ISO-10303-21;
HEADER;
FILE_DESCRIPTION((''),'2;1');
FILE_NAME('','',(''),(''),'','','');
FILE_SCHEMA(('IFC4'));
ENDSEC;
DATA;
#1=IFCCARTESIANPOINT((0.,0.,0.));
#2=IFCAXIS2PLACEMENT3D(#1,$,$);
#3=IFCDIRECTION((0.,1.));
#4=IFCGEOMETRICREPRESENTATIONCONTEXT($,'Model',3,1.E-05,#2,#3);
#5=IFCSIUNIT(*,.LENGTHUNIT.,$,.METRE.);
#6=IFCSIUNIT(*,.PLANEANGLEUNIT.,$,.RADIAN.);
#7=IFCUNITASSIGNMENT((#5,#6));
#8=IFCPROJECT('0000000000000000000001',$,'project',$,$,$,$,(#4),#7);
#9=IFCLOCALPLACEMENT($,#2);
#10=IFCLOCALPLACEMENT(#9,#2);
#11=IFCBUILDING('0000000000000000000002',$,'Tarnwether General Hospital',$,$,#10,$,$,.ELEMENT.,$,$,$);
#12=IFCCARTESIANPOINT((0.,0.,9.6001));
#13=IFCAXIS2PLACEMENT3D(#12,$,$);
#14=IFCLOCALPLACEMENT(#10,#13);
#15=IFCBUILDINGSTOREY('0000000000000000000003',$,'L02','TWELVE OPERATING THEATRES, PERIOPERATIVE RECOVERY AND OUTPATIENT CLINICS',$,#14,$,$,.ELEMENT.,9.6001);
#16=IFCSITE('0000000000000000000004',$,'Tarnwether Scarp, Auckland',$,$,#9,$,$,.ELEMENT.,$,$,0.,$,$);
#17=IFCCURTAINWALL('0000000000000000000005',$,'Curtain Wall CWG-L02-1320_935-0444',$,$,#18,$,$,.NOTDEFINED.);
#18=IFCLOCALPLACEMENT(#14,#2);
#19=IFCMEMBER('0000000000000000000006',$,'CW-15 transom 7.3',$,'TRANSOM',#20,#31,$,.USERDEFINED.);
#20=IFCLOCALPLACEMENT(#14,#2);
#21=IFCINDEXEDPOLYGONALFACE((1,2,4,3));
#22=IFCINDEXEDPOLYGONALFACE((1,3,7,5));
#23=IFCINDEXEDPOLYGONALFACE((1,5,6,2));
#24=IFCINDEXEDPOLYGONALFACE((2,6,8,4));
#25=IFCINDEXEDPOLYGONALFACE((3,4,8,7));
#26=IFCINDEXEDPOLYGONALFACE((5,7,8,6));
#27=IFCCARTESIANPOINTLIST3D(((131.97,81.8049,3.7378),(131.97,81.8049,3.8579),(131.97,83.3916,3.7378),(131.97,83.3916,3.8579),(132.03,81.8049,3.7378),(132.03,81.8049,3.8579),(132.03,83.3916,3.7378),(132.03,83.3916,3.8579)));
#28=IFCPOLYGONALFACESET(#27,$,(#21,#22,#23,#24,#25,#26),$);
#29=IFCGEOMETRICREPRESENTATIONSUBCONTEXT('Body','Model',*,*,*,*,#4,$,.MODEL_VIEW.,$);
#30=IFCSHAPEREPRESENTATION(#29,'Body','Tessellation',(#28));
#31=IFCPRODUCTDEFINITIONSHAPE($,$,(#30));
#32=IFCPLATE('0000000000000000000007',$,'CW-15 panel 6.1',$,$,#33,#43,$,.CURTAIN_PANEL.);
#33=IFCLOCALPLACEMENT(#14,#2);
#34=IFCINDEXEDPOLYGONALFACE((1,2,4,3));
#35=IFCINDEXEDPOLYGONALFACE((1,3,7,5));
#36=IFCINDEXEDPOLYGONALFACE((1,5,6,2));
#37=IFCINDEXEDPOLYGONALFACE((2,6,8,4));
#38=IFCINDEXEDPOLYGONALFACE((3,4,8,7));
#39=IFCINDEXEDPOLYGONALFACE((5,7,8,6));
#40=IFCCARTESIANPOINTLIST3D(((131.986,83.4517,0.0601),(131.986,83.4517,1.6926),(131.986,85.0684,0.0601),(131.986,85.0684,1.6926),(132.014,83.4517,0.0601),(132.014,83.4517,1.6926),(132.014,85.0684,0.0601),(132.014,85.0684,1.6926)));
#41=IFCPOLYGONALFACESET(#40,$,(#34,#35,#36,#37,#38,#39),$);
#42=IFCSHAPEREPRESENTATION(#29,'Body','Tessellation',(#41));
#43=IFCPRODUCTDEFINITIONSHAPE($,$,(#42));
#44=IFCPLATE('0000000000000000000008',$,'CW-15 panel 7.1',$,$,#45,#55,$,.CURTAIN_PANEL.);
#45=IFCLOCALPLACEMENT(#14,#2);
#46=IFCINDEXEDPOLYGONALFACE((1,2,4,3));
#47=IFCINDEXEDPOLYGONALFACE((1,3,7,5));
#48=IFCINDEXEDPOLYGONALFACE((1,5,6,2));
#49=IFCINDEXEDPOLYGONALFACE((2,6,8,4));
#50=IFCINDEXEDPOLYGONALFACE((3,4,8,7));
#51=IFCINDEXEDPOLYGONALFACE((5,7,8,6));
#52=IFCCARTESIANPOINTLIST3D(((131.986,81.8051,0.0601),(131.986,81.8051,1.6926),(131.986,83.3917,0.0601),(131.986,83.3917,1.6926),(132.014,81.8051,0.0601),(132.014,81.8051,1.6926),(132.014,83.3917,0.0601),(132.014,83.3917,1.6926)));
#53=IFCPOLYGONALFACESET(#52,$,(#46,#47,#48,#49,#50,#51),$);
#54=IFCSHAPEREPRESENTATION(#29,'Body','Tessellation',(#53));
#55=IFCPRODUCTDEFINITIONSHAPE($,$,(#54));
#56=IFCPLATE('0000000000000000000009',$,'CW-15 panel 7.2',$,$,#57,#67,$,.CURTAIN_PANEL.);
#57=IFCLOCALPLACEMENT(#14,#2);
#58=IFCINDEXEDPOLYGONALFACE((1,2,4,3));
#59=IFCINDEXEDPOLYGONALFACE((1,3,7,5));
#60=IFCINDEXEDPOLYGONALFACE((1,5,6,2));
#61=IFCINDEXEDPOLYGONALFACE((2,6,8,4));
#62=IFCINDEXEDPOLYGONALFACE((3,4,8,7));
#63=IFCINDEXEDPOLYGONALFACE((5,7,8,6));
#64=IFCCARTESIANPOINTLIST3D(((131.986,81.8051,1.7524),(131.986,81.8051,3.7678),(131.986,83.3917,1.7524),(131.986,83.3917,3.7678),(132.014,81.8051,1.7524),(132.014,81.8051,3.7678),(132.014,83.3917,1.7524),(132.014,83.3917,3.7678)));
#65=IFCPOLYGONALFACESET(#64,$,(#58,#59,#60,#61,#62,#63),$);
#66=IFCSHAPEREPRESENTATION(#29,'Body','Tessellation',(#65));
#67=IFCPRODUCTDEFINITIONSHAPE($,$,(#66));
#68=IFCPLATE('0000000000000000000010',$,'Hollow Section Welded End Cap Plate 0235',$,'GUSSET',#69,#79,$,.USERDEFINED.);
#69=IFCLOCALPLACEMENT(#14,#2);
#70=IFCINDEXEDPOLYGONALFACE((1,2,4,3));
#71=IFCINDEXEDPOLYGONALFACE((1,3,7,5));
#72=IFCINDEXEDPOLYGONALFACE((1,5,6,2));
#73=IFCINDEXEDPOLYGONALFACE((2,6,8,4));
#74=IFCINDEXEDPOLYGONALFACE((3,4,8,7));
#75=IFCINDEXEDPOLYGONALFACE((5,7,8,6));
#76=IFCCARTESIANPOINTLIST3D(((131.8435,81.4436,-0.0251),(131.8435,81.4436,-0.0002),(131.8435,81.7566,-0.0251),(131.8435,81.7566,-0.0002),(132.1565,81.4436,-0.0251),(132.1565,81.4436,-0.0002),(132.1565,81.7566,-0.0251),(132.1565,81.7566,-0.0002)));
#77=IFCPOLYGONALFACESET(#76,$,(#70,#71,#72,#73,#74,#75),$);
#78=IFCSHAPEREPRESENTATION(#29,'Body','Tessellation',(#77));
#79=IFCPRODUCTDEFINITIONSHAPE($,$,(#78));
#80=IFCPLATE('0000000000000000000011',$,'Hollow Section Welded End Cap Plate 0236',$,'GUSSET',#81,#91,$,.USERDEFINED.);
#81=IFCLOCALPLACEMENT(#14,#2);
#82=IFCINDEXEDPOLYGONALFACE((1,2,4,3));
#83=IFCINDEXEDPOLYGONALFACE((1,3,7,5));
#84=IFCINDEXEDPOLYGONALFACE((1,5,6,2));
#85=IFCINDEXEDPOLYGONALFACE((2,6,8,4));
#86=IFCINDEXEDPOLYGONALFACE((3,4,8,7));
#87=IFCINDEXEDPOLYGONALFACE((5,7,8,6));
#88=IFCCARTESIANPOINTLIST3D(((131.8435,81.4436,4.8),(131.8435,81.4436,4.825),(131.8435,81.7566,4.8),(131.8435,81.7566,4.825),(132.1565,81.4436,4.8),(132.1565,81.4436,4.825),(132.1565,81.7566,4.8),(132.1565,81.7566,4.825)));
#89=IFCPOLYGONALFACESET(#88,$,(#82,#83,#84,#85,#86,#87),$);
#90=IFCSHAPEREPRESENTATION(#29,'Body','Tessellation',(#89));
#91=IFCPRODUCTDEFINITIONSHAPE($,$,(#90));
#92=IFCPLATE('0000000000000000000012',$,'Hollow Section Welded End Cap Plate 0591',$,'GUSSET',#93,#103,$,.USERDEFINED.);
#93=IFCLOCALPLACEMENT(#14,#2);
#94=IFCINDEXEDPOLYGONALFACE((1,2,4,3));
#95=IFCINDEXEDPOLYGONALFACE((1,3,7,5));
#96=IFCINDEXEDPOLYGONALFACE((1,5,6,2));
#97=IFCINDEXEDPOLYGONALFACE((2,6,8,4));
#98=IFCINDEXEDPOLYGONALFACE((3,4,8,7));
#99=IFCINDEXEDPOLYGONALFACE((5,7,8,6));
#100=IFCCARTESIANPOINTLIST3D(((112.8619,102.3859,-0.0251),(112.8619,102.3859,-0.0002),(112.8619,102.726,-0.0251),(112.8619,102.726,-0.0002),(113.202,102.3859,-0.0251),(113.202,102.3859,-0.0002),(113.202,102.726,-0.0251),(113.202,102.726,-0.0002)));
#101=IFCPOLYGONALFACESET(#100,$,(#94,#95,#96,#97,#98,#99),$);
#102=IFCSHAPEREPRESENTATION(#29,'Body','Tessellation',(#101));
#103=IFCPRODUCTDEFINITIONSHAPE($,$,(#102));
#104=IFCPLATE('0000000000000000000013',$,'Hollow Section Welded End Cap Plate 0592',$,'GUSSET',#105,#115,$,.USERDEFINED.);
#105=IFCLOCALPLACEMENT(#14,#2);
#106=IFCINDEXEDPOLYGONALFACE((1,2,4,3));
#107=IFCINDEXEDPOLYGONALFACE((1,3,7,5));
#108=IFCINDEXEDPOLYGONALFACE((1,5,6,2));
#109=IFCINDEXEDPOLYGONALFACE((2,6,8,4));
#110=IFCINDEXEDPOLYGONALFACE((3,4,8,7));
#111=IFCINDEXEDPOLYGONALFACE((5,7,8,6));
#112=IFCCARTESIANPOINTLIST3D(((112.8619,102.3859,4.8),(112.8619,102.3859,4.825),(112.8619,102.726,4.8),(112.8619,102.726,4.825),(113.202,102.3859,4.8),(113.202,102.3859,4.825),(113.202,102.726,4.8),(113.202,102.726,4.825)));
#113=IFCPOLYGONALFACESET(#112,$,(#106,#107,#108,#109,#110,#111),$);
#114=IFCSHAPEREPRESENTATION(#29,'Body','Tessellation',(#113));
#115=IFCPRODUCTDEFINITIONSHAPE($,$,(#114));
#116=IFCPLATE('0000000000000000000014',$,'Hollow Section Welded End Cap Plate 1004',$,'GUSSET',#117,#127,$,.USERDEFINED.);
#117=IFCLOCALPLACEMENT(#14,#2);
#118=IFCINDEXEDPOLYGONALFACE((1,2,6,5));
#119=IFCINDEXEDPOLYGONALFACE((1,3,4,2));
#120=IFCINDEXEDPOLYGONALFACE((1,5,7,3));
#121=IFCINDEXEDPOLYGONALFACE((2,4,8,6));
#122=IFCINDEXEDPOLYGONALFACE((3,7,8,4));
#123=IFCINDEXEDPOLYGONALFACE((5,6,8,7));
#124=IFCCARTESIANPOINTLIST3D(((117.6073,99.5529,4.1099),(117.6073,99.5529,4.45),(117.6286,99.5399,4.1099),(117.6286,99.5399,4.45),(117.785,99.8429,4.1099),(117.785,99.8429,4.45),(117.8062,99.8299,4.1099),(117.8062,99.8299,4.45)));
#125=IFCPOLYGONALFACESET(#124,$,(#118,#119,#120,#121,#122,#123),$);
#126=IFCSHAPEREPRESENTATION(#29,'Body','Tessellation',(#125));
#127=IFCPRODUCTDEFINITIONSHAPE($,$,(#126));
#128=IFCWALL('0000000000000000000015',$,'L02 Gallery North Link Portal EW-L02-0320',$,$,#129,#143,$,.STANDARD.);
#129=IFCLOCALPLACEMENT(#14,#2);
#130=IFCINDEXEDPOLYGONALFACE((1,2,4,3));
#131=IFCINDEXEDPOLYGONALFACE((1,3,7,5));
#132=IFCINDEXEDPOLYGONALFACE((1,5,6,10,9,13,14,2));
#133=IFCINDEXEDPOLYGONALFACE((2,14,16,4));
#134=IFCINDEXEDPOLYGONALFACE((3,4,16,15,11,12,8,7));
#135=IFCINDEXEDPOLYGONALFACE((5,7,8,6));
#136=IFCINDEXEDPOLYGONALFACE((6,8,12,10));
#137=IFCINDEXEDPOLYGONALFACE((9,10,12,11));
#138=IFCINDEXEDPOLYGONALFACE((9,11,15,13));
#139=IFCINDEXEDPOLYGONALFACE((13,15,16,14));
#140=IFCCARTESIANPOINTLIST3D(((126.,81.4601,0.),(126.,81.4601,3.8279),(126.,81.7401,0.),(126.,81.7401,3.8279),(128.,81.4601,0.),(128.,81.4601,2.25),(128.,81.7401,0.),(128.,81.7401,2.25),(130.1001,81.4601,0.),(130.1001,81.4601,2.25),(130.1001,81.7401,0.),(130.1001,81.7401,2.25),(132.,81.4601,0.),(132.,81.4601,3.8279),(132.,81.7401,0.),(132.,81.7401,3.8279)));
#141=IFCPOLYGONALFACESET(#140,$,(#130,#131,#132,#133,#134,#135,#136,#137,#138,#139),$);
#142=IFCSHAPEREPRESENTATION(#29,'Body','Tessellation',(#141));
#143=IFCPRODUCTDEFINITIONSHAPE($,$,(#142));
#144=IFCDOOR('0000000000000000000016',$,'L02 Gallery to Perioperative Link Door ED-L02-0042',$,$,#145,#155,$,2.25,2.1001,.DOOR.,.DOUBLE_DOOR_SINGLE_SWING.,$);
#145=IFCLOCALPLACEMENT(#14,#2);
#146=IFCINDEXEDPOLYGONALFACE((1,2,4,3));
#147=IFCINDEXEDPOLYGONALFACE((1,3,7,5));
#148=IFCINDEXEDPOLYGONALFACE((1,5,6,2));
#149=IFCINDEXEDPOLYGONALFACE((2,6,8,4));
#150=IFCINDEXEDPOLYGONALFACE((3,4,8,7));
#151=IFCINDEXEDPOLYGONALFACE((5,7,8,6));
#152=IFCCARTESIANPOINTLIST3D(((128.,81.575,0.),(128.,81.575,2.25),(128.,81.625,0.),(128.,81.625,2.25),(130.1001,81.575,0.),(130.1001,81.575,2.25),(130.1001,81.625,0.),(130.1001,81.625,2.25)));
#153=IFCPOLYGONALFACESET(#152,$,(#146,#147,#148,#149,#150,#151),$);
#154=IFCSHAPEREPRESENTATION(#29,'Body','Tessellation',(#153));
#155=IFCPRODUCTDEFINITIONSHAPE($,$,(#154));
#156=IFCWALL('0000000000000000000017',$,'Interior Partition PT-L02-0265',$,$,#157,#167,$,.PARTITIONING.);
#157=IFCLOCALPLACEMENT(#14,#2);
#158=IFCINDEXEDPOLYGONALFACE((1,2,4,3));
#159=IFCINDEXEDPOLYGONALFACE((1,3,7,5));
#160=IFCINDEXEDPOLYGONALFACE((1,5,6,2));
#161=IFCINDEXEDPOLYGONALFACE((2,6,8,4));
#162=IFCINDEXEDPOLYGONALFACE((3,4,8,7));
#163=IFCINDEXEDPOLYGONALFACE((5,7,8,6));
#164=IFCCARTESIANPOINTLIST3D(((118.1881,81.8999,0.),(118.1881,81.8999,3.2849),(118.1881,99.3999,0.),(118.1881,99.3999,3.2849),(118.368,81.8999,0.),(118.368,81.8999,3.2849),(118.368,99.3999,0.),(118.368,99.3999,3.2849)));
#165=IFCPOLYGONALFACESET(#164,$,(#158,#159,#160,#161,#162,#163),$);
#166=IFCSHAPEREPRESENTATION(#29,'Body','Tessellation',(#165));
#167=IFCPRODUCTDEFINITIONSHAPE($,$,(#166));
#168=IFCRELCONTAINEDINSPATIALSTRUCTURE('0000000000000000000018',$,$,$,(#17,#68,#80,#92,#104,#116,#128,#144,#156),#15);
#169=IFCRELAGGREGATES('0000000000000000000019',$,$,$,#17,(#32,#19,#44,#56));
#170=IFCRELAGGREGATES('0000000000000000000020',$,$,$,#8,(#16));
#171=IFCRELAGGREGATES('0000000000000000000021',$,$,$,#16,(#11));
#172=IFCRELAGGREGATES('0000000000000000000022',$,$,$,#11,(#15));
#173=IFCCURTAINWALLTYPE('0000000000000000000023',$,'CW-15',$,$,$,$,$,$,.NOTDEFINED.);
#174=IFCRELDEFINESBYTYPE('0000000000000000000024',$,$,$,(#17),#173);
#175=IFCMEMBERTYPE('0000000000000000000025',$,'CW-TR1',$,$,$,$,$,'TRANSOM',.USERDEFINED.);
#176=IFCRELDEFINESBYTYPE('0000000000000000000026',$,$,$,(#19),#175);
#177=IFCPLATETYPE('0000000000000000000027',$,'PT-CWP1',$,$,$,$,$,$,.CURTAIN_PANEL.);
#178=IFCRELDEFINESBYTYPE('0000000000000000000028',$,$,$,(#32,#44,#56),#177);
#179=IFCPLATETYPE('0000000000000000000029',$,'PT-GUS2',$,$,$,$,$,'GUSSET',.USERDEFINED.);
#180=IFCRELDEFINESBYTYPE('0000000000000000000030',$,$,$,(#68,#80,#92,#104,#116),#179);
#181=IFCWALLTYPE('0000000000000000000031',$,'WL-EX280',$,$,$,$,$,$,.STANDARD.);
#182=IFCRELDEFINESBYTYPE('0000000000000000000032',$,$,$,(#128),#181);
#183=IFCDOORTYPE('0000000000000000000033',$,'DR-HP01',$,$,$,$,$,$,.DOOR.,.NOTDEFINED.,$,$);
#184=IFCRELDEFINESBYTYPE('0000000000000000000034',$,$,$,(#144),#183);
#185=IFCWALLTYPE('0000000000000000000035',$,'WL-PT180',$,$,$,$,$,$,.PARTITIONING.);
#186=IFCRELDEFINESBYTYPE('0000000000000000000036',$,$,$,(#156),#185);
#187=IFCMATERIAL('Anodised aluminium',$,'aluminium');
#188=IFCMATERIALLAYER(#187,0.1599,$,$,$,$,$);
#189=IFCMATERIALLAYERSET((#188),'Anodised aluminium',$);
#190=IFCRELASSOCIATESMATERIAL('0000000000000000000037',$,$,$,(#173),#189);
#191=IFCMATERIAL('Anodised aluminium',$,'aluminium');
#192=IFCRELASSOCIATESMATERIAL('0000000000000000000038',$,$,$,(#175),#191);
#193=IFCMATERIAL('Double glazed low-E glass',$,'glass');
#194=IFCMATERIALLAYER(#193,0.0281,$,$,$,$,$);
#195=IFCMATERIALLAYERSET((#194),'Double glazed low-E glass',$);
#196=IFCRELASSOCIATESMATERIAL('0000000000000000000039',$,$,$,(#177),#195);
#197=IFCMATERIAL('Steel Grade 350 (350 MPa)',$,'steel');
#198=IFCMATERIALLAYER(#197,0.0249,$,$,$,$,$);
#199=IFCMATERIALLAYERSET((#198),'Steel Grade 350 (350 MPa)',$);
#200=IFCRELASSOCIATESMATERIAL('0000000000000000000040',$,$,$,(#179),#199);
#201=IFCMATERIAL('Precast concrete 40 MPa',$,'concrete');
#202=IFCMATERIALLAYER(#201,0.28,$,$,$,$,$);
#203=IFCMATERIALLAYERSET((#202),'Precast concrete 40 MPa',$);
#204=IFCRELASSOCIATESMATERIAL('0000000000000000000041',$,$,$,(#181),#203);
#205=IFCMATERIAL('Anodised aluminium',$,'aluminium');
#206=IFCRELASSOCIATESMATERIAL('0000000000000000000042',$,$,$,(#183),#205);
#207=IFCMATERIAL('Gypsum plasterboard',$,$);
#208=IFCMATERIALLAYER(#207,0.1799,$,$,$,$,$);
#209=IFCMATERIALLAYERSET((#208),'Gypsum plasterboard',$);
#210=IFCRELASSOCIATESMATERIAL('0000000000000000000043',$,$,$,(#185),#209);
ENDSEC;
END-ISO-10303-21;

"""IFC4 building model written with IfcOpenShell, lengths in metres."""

from ifc_helpers import new_model, si_unit, direction, frame, frame_2d, origin, origin_2d, place, context, subcontext, project, spatial, rectangle, extrude, material, layer, layer_set, material_profile, profile_set, type_object, element, fill, aggregate, save


model = new_model("IFC4")

# Units and contexts
model_context = context("Model", 3, precision=1e-05, world=origin(), true_north=direction((0.0, 1.0)))
body_context = subcontext(model_context, "Body", "Model", "MODEL_VIEW")
ifc_project = project(units=[si_unit("LENGTHUNIT", "METRE"), si_unit("PLANEANGLEUNIT", "RADIAN")], contexts=[model_context])

# Site, building, storey
site_placement = place(None, origin())
site = spatial("IfcSite", under=ifc_project, at=site_placement, Name="Tarnwether Scarp, Auckland", CompositionType="ELEMENT", RefElevation=0.0)
building_placement = place(site_placement, origin())
building = spatial("IfcBuilding", under=site, at=building_placement, Name="Tarnwether General Hospital", CompositionType="ELEMENT")
storey_placement = place(building_placement, frame((0.0, 0.0, 9.6001)))
storey = spatial("IfcBuildingStorey", under=building, at=storey_placement, Name="L02", Description="TWELVE OPERATING THEATRES, PERIOPERATIVE RECOVERY AND OUTPATIENT CLINICS", CompositionType="ELEMENT", Elevation=9.6001)

# Curtain wall, member, plates
ifc_material_1 = material(Name="Anodised aluminium", Category="aluminium")
ifc_layer_1 = layer(ifc_material_1, 0.1599)
ifc_layer_set_1 = layer_set([ifc_layer_1], Name="Anodised aluminium")
curtain_wall_type = type_object("IfcCurtainWallType", Name="CW-15", PredefinedType="NOTDEFINED", material=ifc_layer_set_1)
curtain_wall_placement = place(storey_placement, origin())
curtain_wall = element("IfcCurtainWall", 1, at=curtain_wall_placement, inside=storey, type_object=curtain_wall_type, Name="Curtain Wall CWG-L02-1320_935-0444", PredefinedType="NOTDEFINED")
ifc_material_2 = material(Name="Anodised aluminium", Category="aluminium")
ifc_material_profile_1 = material_profile(ifc_material_2, rectangle(XDim=0.0601, YDim=0.1201, at=origin_2d()), Name="ALU-TRN-60x120")
ifc_profile_set_1 = profile_set([ifc_material_profile_1], Name="Anodised aluminium")
member_type_1 = type_object("IfcMemberType", Name="CW-TR1", ElementType="TRANSOM", PredefinedType="USERDEFINED", material=ifc_profile_set_1)
member_1_placement = place(storey_placement, frame((132.0, 83.3916, 3.7979), z_axis=(0.0, -1.0, 0.0), x_axis=(1.0, 0.0, 0.0)))
member_1 = element("IfcMember", 2, at=member_1_placement, type_object=member_type_1, Name="CW-15 transom 7.3", ObjectType="TRANSOM", PredefinedType="USERDEFINED", context=body_context, shape_type="SweptSolid", body=[
    extrude(rectangle(XDim=0.0601, YDim=0.1201, at=origin_2d()), origin(), (0.0, 0.0, 1.0), 1.5867),
])
ifc_material_3 = material(Name="Double glazed low-E glass", Category="glass")
ifc_layer_2 = layer(ifc_material_3, 0.0281)
ifc_layer_set_2 = layer_set([ifc_layer_2], Name="Double glazed low-E glass")
plate_type_1 = type_object("IfcPlateType", Name="PT-CWP1", PredefinedType="CURTAIN_PANEL", material=ifc_layer_set_2)
plate_1_placement = place(storey_placement, frame((132.0, 84.26, 0.0601), z_axis=(0.0, 0.0, 1.0), x_axis=(0.0, -1.0, 0.0)))
plate_1 = element("IfcPlate", 3, at=plate_1_placement, type_object=plate_type_1, Name="CW-15 panel 6.1", PredefinedType="CURTAIN_PANEL", context=body_context, shape_type="SweptSolid", body=[
    extrude(rectangle(XDim=1.6167, YDim=0.0281, at=origin_2d()), origin(), (0.0, 0.0, 1.0), 1.6326),
])
plate_2_placement = place(storey_placement, frame((132.0, 82.5984, 0.0601), z_axis=(0.0, 0.0, 1.0), x_axis=(0.0, -1.0, 0.0)))
plate_2 = element("IfcPlate", 4, at=plate_2_placement, type_object=plate_type_1, Name="CW-15 panel 7.1", PredefinedType="CURTAIN_PANEL", context=body_context, shape_type="SweptSolid", body=[
    extrude(rectangle(XDim=1.5867, YDim=0.0281, at=origin_2d()), origin(), (0.0, 0.0, 1.0), 1.6326),
])
plate_3_placement = place(storey_placement, frame((132.0, 82.5984, 1.7524), z_axis=(0.0, 0.0, 1.0), x_axis=(0.0, -1.0, 0.0)))
plate_3 = element("IfcPlate", 5, at=plate_3_placement, type_object=plate_type_1, Name="CW-15 panel 7.2", PredefinedType="CURTAIN_PANEL", context=body_context, shape_type="SweptSolid", body=[
    extrude(rectangle(XDim=1.5867, YDim=0.0281, at=origin_2d()), origin(), (0.0, 0.0, 1.0), 2.0154),
])
aggregate(curtain_wall, [plate_1, member_1, plate_2, plate_3])

# Plates
ifc_material_4 = material(Name="Steel Grade 350 (350 MPa)", Category="steel")
ifc_layer_3 = layer(ifc_material_4, 0.0249)
ifc_layer_set_3 = layer_set([ifc_layer_3], Name="Steel Grade 350 (350 MPa)")
plate_type_2 = type_object("IfcPlateType", Name="PT-GUS2", ElementType="GUSSET", PredefinedType="USERDEFINED", material=ifc_layer_set_3)
for number, where, z_axis, x_axis, name in (
    (6, (132.0, 81.6001, -0.0251), (0.0, 0.0, 1.0), (1.0, 0.0, 0.0), "Hollow Section Welded End Cap Plate 0235"),
    (7, (132.0, 81.6001, 4.8), (0.0, 0.0, 1.0), (1.0, 0.0, 0.0), "Hollow Section Welded End Cap Plate 0236"),
):
    element("IfcPlate", number, at=place(storey_placement, frame(where, z_axis=z_axis, x_axis=x_axis)), inside=storey, type_object=plate_type_2, Name=name, ObjectType="GUSSET", PredefinedType="USERDEFINED", context=body_context, shape_type="SweptSolid", body=[
        extrude(rectangle(XDim=0.313, YDim=0.313, at=origin_2d()), origin(), (0.0, 0.0, 1.0), 0.0249),
    ])
for number, where, z_axis, x_axis, name in (
    (8, (113.032, 102.5559, -0.0251), (0.0, 0.0, 1.0), (1.0, 0.0, 0.0), "Hollow Section Welded End Cap Plate 0591"),
    (9, (113.032, 102.5559, 4.8), (0.0, 0.0, 1.0), (1.0, 0.0, 0.0), "Hollow Section Welded End Cap Plate 0592"),
):
    element("IfcPlate", number, at=place(storey_placement, frame(where, z_axis=z_axis, x_axis=x_axis)), inside=storey, type_object=plate_type_2, Name=name, ObjectType="GUSSET", PredefinedType="USERDEFINED", context=body_context, shape_type="SweptSolid", body=[
        extrude(rectangle(XDim=0.3401, YDim=0.3401, at=origin_2d()), origin(), (0.0, 0.0, 1.0), 0.0249),
    ])
plate_4_placement = place(storey_placement, frame((117.7068, 99.6914, 4.1099), z_axis=(0.0, 0.0, 1.0), x_axis=(0.852649, -0.522484, 0.0)))
element("IfcPlate", 10, at=plate_4_placement, inside=storey, type_object=plate_type_2, Name="Hollow Section Welded End Cap Plate 1004", ObjectType="GUSSET", PredefinedType="USERDEFINED", context=body_context, shape_type="SweptSolid", body=[
    extrude(rectangle(XDim=0.0249, YDim=0.3401, at=origin_2d()), origin(), (0.0, 0.0, 1.0), 0.3401),
])

# Wall, opening, door
ifc_material_5 = material(Name="Precast concrete 40 MPa", Category="concrete")
ifc_layer_4 = layer(ifc_material_5, 0.28)
ifc_layer_set_4 = layer_set([ifc_layer_4], Name="Precast concrete 40 MPa")
wall_type_1 = type_object("IfcWallType", Name="WL-EX280", PredefinedType="STANDARD", material=ifc_layer_set_4)
wall_1_placement = place(storey_placement, frame((126.0, 81.6001, 0.0), z_axis=(0.0, 0.0, 1.0), x_axis=(1.0, 0.0, 0.0)))
wall_1 = element("IfcWall", 11, at=wall_1_placement, inside=storey, type_object=wall_type_1, Name="L02 Gallery North Link Portal EW-L02-0320", PredefinedType="STANDARD", context=body_context, shape_type="SweptSolid", body=[
    extrude(rectangle(XDim=6.0, YDim=0.28, at=frame_2d((3.0, 0.0))), origin(), (0.0, 0.0, 1.0), 3.8279),
])
opening_1_placement = place(wall_1_placement, frame((2.0, 0.0, 0.0)))
opening_1 = element("IfcOpeningElement", 12, at=opening_1_placement, cuts=wall_1, PredefinedType="OPENING", context=body_context, shape_type="SweptSolid", body=[
    extrude(rectangle(XDim=2.1001, YDim=2.25, at=frame_2d((1.05, 1.125))), frame((0.0, 0.1499, 0.0), z_axis=(0.0, -1.0, 0.0), x_axis=(1.0, 0.0, 0.0)), (0.0, 0.0, 1.0), 0.3),
])
ifc_material_6 = material(Name="Anodised aluminium", Category="aluminium")
door_type_1 = type_object("IfcDoorType", Name="DR-HP01", OperationType="NOTDEFINED", PredefinedType="DOOR", material=ifc_material_6)
door_1_placement = place(opening_1_placement, origin())
door_1 = element("IfcDoor", 13, at=door_1_placement, inside=storey, type_object=door_type_1, Name="L02 Gallery to Perioperative Link Door ED-L02-0042", OperationType="DOUBLE_DOOR_SINGLE_SWING", OverallHeight=2.25, OverallWidth=2.1001, PredefinedType="DOOR", context=body_context, shape_type="SweptSolid", body=[
    extrude(rectangle(XDim=2.1001, YDim=2.25, at=frame_2d((1.05, 1.125))), frame((0.0, 0.0249, 0.0), z_axis=(0.0, -1.0, 0.0), x_axis=(1.0, 0.0, 0.0)), (0.0, 0.0, 1.0), 0.05),
])
fill(opening_1, door_1)

# Wall
ifc_material_7 = material(Name="Gypsum plasterboard")
ifc_layer_5 = layer(ifc_material_7, 0.1799)
ifc_layer_set_5 = layer_set([ifc_layer_5], Name="Gypsum plasterboard")
wall_type_2 = type_object("IfcWallType", Name="WL-PT180", PredefinedType="PARTITIONING", material=ifc_layer_set_5)
wall_2_placement = place(storey_placement, frame((118.2781, 81.8999, 0.0), z_axis=(0.0, 0.0, 1.0), x_axis=(0.0, 1.0, 0.0)))
element("IfcWall", 14, at=wall_2_placement, inside=storey, type_object=wall_type_2, Name="Interior Partition PT-L02-0265", PredefinedType="PARTITIONING", context=body_context, shape_type="SweptSolid", body=[
    extrude(rectangle(XDim=17.5, YDim=0.1799, at=frame_2d((8.75, 0.0))), origin(), (0.0, 0.0, 1.0), 3.2849),
])

save(model, "model.ifc")
